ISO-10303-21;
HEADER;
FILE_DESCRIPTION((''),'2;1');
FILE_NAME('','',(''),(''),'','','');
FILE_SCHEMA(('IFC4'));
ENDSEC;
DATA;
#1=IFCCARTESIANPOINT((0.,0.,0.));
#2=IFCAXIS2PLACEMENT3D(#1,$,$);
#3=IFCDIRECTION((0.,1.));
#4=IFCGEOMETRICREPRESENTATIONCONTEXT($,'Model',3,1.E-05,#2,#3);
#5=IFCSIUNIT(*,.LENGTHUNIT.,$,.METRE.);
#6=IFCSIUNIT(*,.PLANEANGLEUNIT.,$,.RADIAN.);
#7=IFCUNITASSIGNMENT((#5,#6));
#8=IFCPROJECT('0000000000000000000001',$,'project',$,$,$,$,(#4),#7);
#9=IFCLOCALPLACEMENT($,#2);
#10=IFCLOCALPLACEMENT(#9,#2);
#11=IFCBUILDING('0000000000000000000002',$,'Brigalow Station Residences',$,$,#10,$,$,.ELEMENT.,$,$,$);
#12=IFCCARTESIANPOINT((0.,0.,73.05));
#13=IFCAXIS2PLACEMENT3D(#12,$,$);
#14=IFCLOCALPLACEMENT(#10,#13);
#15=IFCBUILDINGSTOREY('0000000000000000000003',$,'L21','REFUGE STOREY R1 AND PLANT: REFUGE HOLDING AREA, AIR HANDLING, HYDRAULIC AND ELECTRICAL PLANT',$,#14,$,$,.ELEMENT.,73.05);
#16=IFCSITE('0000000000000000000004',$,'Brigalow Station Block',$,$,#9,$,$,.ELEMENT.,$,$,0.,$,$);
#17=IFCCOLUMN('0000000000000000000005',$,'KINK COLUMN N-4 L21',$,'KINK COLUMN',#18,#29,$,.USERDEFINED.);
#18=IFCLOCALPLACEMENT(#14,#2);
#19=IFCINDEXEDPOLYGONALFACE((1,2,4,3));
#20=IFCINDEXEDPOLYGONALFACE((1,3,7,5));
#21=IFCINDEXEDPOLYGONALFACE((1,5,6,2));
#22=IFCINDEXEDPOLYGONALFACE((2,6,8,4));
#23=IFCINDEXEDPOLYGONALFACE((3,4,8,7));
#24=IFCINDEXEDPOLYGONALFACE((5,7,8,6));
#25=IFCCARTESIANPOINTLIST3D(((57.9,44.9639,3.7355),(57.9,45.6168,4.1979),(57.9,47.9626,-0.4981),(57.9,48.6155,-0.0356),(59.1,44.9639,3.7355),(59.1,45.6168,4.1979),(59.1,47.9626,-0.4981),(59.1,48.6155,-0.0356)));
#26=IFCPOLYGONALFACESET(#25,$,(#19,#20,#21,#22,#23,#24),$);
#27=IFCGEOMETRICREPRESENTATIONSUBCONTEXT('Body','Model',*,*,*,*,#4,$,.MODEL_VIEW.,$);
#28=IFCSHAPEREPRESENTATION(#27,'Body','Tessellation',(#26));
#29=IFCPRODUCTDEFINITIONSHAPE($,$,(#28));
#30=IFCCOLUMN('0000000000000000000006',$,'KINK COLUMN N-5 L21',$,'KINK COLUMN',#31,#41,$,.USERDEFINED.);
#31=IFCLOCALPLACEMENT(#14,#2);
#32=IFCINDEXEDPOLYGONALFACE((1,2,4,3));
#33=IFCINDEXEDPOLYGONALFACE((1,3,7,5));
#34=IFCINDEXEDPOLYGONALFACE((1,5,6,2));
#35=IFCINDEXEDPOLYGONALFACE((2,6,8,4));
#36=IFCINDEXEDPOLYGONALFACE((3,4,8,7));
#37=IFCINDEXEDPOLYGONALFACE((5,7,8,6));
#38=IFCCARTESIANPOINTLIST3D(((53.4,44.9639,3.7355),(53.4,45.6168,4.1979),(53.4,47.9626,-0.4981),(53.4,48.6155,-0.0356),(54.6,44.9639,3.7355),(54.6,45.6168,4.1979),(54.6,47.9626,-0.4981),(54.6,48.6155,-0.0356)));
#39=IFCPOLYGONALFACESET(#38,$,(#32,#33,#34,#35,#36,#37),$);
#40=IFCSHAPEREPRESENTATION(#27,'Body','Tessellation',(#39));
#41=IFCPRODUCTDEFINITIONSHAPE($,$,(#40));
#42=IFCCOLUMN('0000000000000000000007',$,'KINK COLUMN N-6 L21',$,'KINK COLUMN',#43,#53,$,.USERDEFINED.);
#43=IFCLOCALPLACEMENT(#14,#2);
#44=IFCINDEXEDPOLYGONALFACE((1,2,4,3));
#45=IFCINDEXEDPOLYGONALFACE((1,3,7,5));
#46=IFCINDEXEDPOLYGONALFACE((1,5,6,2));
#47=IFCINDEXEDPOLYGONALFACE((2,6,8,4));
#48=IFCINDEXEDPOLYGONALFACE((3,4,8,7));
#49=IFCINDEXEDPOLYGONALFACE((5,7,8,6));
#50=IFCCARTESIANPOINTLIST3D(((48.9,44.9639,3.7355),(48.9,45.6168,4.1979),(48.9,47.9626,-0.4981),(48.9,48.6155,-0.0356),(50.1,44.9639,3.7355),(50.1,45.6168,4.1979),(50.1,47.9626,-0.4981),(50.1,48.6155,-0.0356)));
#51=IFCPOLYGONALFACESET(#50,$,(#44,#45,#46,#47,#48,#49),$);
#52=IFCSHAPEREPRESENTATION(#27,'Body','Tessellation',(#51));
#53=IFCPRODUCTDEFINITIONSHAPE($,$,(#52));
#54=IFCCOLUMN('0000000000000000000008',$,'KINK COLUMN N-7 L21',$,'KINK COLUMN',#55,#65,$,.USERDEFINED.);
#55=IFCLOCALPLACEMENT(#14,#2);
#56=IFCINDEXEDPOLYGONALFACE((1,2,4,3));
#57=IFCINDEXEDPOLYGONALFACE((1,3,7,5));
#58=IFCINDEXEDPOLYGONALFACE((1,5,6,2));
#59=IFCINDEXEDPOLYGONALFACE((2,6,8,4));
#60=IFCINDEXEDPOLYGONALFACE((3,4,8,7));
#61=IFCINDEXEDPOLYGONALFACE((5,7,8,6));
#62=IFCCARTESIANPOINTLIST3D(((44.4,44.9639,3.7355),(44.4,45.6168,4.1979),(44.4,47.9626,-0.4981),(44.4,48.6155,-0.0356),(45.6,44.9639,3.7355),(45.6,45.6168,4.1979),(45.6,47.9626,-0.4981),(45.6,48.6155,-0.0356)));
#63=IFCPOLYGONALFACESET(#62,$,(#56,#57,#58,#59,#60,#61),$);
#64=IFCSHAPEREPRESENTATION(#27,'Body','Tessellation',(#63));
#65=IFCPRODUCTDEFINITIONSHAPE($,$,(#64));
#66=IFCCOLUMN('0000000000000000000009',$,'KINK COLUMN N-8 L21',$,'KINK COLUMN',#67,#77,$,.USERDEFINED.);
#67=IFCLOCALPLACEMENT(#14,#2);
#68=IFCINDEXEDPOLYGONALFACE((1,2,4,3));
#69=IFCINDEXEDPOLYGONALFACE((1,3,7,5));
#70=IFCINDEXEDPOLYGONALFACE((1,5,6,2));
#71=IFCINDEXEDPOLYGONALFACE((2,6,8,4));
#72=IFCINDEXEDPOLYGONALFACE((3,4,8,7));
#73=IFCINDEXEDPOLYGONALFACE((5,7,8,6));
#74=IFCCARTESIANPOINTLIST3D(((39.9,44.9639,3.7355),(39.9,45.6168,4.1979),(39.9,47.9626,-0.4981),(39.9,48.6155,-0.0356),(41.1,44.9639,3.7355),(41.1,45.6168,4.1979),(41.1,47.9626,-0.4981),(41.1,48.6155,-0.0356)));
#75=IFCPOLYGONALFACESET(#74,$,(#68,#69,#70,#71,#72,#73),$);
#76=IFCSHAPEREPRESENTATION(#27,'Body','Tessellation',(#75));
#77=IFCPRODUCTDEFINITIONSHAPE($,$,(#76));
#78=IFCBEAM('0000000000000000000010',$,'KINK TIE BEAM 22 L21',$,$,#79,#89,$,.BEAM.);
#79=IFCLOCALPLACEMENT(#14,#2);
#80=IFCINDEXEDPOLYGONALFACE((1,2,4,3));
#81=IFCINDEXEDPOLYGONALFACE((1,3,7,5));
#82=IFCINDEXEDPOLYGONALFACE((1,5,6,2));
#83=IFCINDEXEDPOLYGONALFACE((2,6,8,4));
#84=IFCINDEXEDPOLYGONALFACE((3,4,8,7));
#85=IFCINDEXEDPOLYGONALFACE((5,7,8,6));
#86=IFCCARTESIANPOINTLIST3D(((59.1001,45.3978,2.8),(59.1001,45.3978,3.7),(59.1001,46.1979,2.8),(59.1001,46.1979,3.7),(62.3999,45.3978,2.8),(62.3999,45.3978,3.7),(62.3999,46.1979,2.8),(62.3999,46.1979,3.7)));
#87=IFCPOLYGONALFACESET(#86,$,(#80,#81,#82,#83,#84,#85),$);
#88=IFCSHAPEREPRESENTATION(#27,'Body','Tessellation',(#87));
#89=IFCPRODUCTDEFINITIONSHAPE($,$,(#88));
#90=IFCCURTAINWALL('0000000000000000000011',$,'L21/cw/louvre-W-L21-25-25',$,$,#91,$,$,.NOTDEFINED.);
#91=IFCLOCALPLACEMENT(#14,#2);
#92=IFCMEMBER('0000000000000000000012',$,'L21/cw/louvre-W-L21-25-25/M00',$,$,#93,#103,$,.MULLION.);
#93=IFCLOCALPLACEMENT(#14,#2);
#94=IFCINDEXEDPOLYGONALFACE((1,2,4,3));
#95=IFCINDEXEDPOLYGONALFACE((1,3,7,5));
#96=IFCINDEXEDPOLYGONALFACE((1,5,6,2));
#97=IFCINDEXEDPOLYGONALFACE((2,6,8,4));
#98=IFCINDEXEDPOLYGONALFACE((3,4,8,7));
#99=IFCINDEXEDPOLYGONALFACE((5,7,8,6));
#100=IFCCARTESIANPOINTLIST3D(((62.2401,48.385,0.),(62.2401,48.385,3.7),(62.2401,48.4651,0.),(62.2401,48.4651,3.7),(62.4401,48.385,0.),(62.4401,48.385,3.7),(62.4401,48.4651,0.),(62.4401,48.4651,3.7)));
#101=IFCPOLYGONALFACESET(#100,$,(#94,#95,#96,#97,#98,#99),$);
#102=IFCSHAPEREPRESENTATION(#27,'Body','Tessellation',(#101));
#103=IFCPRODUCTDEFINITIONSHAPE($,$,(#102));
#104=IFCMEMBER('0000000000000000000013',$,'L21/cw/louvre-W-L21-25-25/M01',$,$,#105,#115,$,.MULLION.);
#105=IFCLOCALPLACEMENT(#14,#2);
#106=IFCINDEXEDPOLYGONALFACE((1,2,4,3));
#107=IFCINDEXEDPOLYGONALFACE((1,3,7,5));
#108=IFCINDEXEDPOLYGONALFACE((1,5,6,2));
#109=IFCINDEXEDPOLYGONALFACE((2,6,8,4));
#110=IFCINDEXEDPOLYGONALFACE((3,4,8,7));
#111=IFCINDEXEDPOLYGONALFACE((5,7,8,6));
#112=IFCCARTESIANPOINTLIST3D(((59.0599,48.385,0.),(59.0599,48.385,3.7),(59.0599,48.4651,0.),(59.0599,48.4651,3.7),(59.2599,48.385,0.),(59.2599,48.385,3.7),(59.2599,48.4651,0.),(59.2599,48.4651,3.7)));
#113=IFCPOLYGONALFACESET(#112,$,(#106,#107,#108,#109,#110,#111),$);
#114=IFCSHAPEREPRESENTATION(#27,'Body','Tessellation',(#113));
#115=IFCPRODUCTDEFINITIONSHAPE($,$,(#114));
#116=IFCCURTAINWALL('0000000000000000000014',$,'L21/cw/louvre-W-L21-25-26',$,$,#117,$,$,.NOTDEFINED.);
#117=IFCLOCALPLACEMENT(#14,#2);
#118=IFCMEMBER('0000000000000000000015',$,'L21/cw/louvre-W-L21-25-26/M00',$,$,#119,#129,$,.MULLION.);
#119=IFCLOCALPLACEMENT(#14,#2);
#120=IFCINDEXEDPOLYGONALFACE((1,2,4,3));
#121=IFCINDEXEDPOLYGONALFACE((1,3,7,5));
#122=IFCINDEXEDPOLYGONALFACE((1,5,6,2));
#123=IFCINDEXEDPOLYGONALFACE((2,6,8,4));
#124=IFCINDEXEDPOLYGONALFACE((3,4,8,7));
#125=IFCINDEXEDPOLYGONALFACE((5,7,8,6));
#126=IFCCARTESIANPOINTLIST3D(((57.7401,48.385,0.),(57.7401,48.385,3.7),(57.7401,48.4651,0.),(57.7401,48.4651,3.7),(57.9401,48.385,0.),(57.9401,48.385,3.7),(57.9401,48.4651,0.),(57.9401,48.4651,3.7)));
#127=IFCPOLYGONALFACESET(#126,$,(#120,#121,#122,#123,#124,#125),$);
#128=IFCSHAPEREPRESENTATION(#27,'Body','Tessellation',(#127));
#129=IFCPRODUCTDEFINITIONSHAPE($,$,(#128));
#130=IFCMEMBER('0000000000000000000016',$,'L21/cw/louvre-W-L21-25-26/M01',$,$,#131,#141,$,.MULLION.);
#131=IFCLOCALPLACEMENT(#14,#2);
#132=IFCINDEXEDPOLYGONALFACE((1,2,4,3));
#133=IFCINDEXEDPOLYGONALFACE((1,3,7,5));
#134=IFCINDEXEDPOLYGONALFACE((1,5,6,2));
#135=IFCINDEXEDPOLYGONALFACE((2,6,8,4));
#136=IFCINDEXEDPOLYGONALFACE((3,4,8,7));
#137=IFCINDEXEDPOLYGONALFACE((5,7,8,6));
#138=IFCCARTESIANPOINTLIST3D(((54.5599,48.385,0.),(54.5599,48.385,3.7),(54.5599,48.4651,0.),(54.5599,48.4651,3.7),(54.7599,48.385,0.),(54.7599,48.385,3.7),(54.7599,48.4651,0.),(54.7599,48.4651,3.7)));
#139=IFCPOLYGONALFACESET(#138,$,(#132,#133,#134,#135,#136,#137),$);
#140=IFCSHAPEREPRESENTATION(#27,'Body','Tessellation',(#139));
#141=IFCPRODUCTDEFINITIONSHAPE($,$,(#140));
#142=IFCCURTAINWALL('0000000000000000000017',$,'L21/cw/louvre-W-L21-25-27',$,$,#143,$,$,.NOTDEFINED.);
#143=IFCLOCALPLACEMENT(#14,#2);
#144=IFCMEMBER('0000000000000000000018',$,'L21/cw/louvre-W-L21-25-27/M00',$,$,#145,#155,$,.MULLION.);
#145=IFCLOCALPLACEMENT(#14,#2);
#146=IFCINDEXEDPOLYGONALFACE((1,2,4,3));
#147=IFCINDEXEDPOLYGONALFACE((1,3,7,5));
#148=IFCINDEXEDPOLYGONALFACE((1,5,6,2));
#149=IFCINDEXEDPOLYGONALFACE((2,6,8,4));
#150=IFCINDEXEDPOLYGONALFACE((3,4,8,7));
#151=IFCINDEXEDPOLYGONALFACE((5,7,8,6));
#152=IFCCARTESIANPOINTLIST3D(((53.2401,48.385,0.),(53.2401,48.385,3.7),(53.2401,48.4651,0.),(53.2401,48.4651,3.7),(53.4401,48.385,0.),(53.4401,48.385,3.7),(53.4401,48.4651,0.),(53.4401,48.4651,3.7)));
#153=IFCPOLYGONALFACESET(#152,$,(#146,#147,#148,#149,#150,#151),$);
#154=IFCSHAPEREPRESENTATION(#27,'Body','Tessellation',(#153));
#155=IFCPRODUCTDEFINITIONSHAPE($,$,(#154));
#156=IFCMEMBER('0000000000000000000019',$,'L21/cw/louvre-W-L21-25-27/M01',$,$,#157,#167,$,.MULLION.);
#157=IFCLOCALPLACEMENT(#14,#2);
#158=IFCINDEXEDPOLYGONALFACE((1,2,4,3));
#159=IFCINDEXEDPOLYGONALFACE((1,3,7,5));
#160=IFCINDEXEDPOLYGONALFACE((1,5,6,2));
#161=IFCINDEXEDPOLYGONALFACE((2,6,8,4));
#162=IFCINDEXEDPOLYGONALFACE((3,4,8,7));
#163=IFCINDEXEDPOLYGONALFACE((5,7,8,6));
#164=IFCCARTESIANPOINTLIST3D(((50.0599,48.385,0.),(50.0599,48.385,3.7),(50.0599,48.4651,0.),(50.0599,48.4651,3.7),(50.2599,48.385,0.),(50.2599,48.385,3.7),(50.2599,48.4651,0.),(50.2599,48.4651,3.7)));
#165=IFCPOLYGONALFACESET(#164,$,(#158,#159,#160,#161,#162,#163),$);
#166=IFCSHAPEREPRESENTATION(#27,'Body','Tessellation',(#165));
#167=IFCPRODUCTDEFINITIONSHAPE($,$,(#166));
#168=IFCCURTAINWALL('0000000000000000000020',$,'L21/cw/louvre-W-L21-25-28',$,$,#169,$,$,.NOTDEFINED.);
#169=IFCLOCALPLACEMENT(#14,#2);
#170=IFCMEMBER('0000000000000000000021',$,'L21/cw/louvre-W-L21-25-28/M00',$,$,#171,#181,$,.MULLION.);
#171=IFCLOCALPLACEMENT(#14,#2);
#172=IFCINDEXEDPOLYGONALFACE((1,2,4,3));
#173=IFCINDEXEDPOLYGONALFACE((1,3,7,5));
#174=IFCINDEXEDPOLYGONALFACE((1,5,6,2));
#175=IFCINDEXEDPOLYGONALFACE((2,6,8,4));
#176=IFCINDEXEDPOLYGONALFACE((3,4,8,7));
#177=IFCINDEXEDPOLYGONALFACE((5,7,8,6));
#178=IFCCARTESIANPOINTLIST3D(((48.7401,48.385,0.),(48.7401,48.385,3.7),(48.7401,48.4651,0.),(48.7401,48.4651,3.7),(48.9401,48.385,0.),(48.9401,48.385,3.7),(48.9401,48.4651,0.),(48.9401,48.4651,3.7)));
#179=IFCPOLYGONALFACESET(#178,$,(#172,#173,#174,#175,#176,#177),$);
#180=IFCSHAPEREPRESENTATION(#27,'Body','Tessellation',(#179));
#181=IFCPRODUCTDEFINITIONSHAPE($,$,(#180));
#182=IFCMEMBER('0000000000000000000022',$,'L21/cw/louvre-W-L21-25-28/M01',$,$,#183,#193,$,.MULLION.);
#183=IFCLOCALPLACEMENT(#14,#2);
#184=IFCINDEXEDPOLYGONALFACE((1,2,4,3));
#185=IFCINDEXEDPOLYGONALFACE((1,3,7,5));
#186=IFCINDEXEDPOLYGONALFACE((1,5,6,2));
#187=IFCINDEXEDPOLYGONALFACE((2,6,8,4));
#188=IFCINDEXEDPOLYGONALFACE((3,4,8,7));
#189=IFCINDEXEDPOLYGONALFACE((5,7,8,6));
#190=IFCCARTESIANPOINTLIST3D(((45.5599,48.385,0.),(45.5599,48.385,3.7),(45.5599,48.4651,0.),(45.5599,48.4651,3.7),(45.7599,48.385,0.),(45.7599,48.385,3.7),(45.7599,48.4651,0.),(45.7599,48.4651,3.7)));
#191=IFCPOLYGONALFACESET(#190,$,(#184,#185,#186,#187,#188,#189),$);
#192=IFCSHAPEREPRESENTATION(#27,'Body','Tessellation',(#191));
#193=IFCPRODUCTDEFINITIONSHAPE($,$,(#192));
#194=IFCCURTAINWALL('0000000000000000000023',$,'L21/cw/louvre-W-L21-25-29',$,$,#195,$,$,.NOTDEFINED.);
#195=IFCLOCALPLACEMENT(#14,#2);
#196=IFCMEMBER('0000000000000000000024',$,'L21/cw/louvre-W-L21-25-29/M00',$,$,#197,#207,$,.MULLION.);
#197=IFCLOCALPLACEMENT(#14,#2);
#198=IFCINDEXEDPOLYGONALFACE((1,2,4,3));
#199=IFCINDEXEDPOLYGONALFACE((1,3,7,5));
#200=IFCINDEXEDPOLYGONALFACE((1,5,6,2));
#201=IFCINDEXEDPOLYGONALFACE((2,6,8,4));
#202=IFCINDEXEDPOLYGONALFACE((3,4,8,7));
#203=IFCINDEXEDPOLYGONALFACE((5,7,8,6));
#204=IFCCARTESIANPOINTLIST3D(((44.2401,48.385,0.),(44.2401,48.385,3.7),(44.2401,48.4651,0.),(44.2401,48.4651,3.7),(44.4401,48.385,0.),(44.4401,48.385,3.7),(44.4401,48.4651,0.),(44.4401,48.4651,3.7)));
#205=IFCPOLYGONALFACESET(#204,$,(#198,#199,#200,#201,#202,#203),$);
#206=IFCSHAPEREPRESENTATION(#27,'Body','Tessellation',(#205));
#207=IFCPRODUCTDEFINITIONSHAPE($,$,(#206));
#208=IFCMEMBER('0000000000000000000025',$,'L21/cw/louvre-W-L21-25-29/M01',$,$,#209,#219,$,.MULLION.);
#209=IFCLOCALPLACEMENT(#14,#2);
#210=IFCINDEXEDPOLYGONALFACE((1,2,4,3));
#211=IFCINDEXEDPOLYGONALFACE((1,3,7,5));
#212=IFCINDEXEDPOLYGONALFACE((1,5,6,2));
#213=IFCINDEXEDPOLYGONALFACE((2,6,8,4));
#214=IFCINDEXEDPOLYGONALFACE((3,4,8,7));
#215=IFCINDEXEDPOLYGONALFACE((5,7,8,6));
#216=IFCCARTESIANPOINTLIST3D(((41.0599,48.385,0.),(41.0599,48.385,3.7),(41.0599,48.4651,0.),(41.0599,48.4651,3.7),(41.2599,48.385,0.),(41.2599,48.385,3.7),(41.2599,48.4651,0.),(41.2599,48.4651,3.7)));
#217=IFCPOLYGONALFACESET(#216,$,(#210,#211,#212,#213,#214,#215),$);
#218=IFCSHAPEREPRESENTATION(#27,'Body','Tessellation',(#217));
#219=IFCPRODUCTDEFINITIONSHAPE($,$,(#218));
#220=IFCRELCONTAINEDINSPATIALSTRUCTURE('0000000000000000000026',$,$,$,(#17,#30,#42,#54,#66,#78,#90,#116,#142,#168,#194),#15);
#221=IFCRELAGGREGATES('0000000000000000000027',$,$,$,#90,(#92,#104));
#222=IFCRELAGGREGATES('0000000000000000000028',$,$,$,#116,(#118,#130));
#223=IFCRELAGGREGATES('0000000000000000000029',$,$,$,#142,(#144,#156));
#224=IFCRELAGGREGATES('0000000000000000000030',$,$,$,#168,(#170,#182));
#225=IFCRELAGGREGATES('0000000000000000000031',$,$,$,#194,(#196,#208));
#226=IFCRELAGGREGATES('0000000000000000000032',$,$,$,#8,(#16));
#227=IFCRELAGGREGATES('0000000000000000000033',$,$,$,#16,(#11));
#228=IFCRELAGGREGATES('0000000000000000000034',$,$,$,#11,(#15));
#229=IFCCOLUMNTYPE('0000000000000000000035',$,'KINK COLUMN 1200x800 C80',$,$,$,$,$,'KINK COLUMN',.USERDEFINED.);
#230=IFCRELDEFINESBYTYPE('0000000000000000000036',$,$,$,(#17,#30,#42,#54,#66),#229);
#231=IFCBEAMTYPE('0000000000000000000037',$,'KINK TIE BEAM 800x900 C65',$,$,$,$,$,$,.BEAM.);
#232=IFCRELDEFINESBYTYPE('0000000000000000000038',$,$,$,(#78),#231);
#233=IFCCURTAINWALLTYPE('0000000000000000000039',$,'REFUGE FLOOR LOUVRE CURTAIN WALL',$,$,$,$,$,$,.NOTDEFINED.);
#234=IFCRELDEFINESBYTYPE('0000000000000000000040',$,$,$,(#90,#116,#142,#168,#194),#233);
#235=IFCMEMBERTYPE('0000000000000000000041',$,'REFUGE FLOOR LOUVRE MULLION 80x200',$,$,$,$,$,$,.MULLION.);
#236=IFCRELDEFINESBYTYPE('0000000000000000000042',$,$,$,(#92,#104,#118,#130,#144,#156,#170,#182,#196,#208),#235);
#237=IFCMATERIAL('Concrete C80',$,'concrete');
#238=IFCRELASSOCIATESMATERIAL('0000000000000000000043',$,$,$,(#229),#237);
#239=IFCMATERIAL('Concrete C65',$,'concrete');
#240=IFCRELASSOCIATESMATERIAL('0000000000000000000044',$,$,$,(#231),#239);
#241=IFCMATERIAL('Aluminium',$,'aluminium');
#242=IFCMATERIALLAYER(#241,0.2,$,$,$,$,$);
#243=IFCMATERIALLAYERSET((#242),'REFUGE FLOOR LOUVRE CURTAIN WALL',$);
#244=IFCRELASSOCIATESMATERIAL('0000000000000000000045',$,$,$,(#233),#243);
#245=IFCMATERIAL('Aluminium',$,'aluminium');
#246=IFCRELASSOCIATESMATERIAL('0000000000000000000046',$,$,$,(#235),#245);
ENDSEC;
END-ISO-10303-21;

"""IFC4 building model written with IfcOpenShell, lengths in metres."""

from ifc_helpers import new_model, si_unit, direction, frame, origin, origin_2d, place, context, subcontext, project, spatial, rectangle, extrude, material, layer, layer_set, material_profile, profile_set, type_object, element, aggregate, save


model = new_model("IFC4")

# Units and contexts
model_context = context("Model", 3, precision=1e-05, world=origin(), true_north=direction((0.0, 1.0)))
body_context = subcontext(model_context, "Body", "Model", "MODEL_VIEW")
ifc_project = project(units=[si_unit("LENGTHUNIT", "METRE"), si_unit("PLANEANGLEUNIT", "RADIAN")], contexts=[model_context])

# Site, building, storey
site_placement = place(None, origin())
site = spatial("IfcSite", under=ifc_project, at=site_placement, Name="Brigalow Station Block", CompositionType="ELEMENT", RefElevation=0.0)
building_placement = place(site_placement, origin())
building = spatial("IfcBuilding", under=site, at=building_placement, Name="Brigalow Station Residences", CompositionType="ELEMENT")
storey_placement = place(building_placement, frame((0.0, 0.0, 73.05)))
storey = spatial("IfcBuildingStorey", under=building, at=storey_placement, Name="L21", Description="REFUGE STOREY R1 AND PLANT: REFUGE HOLDING AREA, AIR HANDLING, HYDRAULIC AND ELECTRICAL PLANT", CompositionType="ELEMENT", Elevation=73.05)

# Columns
ifc_material_1 = material(Name="Concrete C80", Category="concrete")
ifc_material_profile_1 = material_profile(ifc_material_1, rectangle(XDim=1.2, YDim=0.8, at=origin_2d()), Name="RC1200x800")
ifc_profile_set_1 = profile_set([ifc_material_profile_1], Name="Concrete C80")
column_type = type_object("IfcColumnType", Name="KINK COLUMN 1200x800 C80", ElementType="KINK COLUMN", PredefinedType="USERDEFINED", material=ifc_profile_set_1)
for number, where, z_axis, x_axis, name in (
    (1, (58.5, 48.2891, -0.2668), (0.0, -0.578011, 0.816029), (1.0, 0.0, 0.0), "KINK COLUMN N-4 L21"),
    (2, (54.0, 48.2891, -0.2668), (0.0, -0.578011, 0.816029), (1.0, 0.0, 0.0), "KINK COLUMN N-5 L21"),
    (3, (49.5, 48.2891, -0.2668), (0.0, -0.578011, 0.816029), (1.0, 0.0, 0.0), "KINK COLUMN N-6 L21"),
    (4, (45.0, 48.2891, -0.2668), (0.0, -0.578011, 0.816029), (1.0, 0.0, 0.0), "KINK COLUMN N-7 L21"),
    (5, (40.5, 48.2891, -0.2668), (0.0, -0.578011, 0.816029), (1.0, 0.0, 0.0), "KINK COLUMN N-8 L21"),
):
    element("IfcColumn", number, at=place(storey_placement, frame(where, z_axis=z_axis, x_axis=x_axis)), inside=storey, type_object=column_type, Name=name, ObjectType="KINK COLUMN", PredefinedType="USERDEFINED", context=body_context, shape_type="SweptSolid", body=[
        extrude(rectangle(XDim=1.2, YDim=0.8, at=origin_2d()), origin(), (0.0, 0.0, 1.0), 5.188),
    ])

# Beam
ifc_material_2 = material(Name="Concrete C65", Category="concrete")
ifc_material_profile_2 = material_profile(ifc_material_2, rectangle(XDim=0.8, YDim=0.8999, at=origin_2d()), Name="RC800x900")
ifc_profile_set_2 = profile_set([ifc_material_profile_2], Name="Concrete C65")
beam_type = type_object("IfcBeamType", Name="KINK TIE BEAM 800x900 C65", PredefinedType="BEAM", material=ifc_profile_set_2)
beam_placement = place(storey_placement, frame((62.3999, 45.7979, 3.25), z_axis=(-1.0, 0.0, 0.0), x_axis=(0.0, -1.0, 0.0)))
element("IfcBeam", 6, at=beam_placement, inside=storey, type_object=beam_type, Name="KINK TIE BEAM 22 L21", PredefinedType="BEAM", context=body_context, shape_type="SweptSolid", body=[
    extrude(rectangle(XDim=0.8, YDim=0.8999, at=origin_2d()), origin(), (0.0, 0.0, 1.0), 3.2998),
])

# Curtain walls, members
ifc_material_3 = material(Name="Aluminium", Category="aluminium")
ifc_layer_1 = layer(ifc_material_3, 0.2)
ifc_layer_set_1 = layer_set([ifc_layer_1], Name="REFUGE FLOOR LOUVRE CURTAIN WALL")
curtain_wall_type = type_object("IfcCurtainWallType", Name="REFUGE FLOOR LOUVRE CURTAIN WALL", PredefinedType="NOTDEFINED", material=ifc_layer_set_1)
curtain_wall_1_placement = place(storey_placement, origin())
curtain_wall_1 = element("IfcCurtainWall", 7, at=curtain_wall_1_placement, inside=storey, type_object=curtain_wall_type, Name="L21/cw/louvre-W-L21-25-25", PredefinedType="NOTDEFINED")
ifc_material_4 = material(Name="Aluminium", Category="aluminium")
ifc_material_profile_3 = material_profile(ifc_material_4, rectangle(XDim=0.0801, YDim=0.2, at=origin_2d()), Name="REFUGE FLOOR LOUVRE MULLION 80x200")
ifc_profile_set_3 = profile_set([ifc_material_profile_3], Name="Aluminium")
member_type_1 = type_object("IfcMemberType", Name="REFUGE FLOOR LOUVRE MULLION 80x200", PredefinedType="MULLION", material=ifc_profile_set_3)
member_1_placement = place(storey_placement, frame((62.3401, 48.425, 0.0), z_axis=(0.0, 0.0, 1.0), x_axis=(0.0, -1.0, 0.0)))
member_1 = element("IfcMember", 8, at=member_1_placement, type_object=member_type_1, Name="L21/cw/louvre-W-L21-25-25/M00", PredefinedType="MULLION", context=body_context, shape_type="SweptSolid", body=[
    extrude(rectangle(XDim=0.0801, YDim=0.2, at=origin_2d()), origin(), (0.0, 0.0, 1.0), 3.7),
])
member_2_placement = place(storey_placement, frame((59.1599, 48.425, 0.0), z_axis=(0.0, 0.0, 1.0), x_axis=(0.0, -1.0, 0.0)))
member_2 = element("IfcMember", 9, at=member_2_placement, type_object=member_type_1, Name="L21/cw/louvre-W-L21-25-25/M01", PredefinedType="MULLION", context=body_context, shape_type="SweptSolid", body=[
    extrude(rectangle(XDim=0.0801, YDim=0.2, at=origin_2d()), origin(), (0.0, 0.0, 1.0), 3.7),
])
curtain_wall_2_placement = place(storey_placement, origin())
curtain_wall_2 = element("IfcCurtainWall", 10, at=curtain_wall_2_placement, inside=storey, type_object=curtain_wall_type, Name="L21/cw/louvre-W-L21-25-26", PredefinedType="NOTDEFINED")
member_3_placement = place(storey_placement, frame((57.8401, 48.425, 0.0), z_axis=(0.0, 0.0, 1.0), x_axis=(0.0, -1.0, 0.0)))
member_3 = element("IfcMember", 11, at=member_3_placement, type_object=member_type_1, Name="L21/cw/louvre-W-L21-25-26/M00", PredefinedType="MULLION", context=body_context, shape_type="SweptSolid", body=[
    extrude(rectangle(XDim=0.0801, YDim=0.2, at=origin_2d()), origin(), (0.0, 0.0, 1.0), 3.7),
])
member_4_placement = place(storey_placement, frame((54.6599, 48.425, 0.0), z_axis=(0.0, 0.0, 1.0), x_axis=(0.0, -1.0, 0.0)))
member_4 = element("IfcMember", 12, at=member_4_placement, type_object=member_type_1, Name="L21/cw/louvre-W-L21-25-26/M01", PredefinedType="MULLION", context=body_context, shape_type="SweptSolid", body=[
    extrude(rectangle(XDim=0.0801, YDim=0.2, at=origin_2d()), origin(), (0.0, 0.0, 1.0), 3.7),
])
curtain_wall_3_placement = place(storey_placement, origin())
curtain_wall_3 = element("IfcCurtainWall", 13, at=curtain_wall_3_placement, inside=storey, type_object=curtain_wall_type, Name="L21/cw/louvre-W-L21-25-27", PredefinedType="NOTDEFINED")
member_5_placement = place(storey_placement, frame((53.3401, 48.425, 0.0), z_axis=(0.0, 0.0, 1.0), x_axis=(0.0, -1.0, 0.0)))
member_5 = element("IfcMember", 14, at=member_5_placement, type_object=member_type_1, Name="L21/cw/louvre-W-L21-25-27/M00", PredefinedType="MULLION", context=body_context, shape_type="SweptSolid", body=[
    extrude(rectangle(XDim=0.0801, YDim=0.2, at=origin_2d()), origin(), (0.0, 0.0, 1.0), 3.7),
])
member_6_placement = place(storey_placement, frame((50.1599, 48.425, 0.0), z_axis=(0.0, 0.0, 1.0), x_axis=(0.0, -1.0, 0.0)))
member_6 = element("IfcMember", 15, at=member_6_placement, type_object=member_type_1, Name="L21/cw/louvre-W-L21-25-27/M01", PredefinedType="MULLION", context=body_context, shape_type="SweptSolid", body=[
    extrude(rectangle(XDim=0.0801, YDim=0.2, at=origin_2d()), origin(), (0.0, 0.0, 1.0), 3.7),
])
curtain_wall_4_placement = place(storey_placement, origin())
curtain_wall_4 = element("IfcCurtainWall", 16, at=curtain_wall_4_placement, inside=storey, type_object=curtain_wall_type, Name="L21/cw/louvre-W-L21-25-28", PredefinedType="NOTDEFINED")
member_7_placement = place(storey_placement, frame((48.8401, 48.425, 0.0), z_axis=(0.0, 0.0, 1.0), x_axis=(0.0, -1.0, 0.0)))
member_7 = element("IfcMember", 17, at=member_7_placement, type_object=member_type_1, Name="L21/cw/louvre-W-L21-25-28/M00", PredefinedType="MULLION", context=body_context, shape_type="SweptSolid", body=[
    extrude(rectangle(XDim=0.0801, YDim=0.2, at=origin_2d()), origin(), (0.0, 0.0, 1.0), 3.7),
])
member_8_placement = place(storey_placement, frame((45.6599, 48.425, 0.0), z_axis=(0.0, 0.0, 1.0), x_axis=(0.0, -1.0, 0.0)))
member_8 = element("IfcMember", 18, at=member_8_placement, type_object=member_type_1, Name="L21/cw/louvre-W-L21-25-28/M01", PredefinedType="MULLION", context=body_context, shape_type="SweptSolid", body=[
    extrude(rectangle(XDim=0.0801, YDim=0.2, at=origin_2d()), origin(), (0.0, 0.0, 1.0), 3.7),
])
curtain_wall_5_placement = place(storey_placement, origin())
curtain_wall_5 = element("IfcCurtainWall", 19, at=curtain_wall_5_placement, inside=storey, type_object=curtain_wall_type, Name="L21/cw/louvre-W-L21-25-29", PredefinedType="NOTDEFINED")
member_9_placement = place(storey_placement, frame((44.3401, 48.425, 0.0), z_axis=(0.0, 0.0, 1.0), x_axis=(0.0, -1.0, 0.0)))
member_9 = element("IfcMember", 20, at=member_9_placement, type_object=member_type_1, Name="L21/cw/louvre-W-L21-25-29/M00", PredefinedType="MULLION", context=body_context, shape_type="SweptSolid", body=[
    extrude(rectangle(XDim=0.0801, YDim=0.2, at=origin_2d()), origin(), (0.0, 0.0, 1.0), 3.7),
])
member_10_placement = place(storey_placement, frame((41.1599, 48.425, 0.0), z_axis=(0.0, 0.0, 1.0), x_axis=(0.0, -1.0, 0.0)))
member_10 = element("IfcMember", 21, at=member_10_placement, type_object=member_type_1, Name="L21/cw/louvre-W-L21-25-29/M01", PredefinedType="MULLION", context=body_context, shape_type="SweptSolid", body=[
    extrude(rectangle(XDim=0.0801, YDim=0.2, at=origin_2d()), origin(), (0.0, 0.0, 1.0), 3.7),
])

aggregate(curtain_wall_1, [member_1, member_2])
aggregate(curtain_wall_2, [member_3, member_4])
aggregate(curtain_wall_3, [member_5, member_6])
aggregate(curtain_wall_4, [member_7, member_8])
aggregate(curtain_wall_5, [member_9, member_10])

save(model, "model.ifc")
